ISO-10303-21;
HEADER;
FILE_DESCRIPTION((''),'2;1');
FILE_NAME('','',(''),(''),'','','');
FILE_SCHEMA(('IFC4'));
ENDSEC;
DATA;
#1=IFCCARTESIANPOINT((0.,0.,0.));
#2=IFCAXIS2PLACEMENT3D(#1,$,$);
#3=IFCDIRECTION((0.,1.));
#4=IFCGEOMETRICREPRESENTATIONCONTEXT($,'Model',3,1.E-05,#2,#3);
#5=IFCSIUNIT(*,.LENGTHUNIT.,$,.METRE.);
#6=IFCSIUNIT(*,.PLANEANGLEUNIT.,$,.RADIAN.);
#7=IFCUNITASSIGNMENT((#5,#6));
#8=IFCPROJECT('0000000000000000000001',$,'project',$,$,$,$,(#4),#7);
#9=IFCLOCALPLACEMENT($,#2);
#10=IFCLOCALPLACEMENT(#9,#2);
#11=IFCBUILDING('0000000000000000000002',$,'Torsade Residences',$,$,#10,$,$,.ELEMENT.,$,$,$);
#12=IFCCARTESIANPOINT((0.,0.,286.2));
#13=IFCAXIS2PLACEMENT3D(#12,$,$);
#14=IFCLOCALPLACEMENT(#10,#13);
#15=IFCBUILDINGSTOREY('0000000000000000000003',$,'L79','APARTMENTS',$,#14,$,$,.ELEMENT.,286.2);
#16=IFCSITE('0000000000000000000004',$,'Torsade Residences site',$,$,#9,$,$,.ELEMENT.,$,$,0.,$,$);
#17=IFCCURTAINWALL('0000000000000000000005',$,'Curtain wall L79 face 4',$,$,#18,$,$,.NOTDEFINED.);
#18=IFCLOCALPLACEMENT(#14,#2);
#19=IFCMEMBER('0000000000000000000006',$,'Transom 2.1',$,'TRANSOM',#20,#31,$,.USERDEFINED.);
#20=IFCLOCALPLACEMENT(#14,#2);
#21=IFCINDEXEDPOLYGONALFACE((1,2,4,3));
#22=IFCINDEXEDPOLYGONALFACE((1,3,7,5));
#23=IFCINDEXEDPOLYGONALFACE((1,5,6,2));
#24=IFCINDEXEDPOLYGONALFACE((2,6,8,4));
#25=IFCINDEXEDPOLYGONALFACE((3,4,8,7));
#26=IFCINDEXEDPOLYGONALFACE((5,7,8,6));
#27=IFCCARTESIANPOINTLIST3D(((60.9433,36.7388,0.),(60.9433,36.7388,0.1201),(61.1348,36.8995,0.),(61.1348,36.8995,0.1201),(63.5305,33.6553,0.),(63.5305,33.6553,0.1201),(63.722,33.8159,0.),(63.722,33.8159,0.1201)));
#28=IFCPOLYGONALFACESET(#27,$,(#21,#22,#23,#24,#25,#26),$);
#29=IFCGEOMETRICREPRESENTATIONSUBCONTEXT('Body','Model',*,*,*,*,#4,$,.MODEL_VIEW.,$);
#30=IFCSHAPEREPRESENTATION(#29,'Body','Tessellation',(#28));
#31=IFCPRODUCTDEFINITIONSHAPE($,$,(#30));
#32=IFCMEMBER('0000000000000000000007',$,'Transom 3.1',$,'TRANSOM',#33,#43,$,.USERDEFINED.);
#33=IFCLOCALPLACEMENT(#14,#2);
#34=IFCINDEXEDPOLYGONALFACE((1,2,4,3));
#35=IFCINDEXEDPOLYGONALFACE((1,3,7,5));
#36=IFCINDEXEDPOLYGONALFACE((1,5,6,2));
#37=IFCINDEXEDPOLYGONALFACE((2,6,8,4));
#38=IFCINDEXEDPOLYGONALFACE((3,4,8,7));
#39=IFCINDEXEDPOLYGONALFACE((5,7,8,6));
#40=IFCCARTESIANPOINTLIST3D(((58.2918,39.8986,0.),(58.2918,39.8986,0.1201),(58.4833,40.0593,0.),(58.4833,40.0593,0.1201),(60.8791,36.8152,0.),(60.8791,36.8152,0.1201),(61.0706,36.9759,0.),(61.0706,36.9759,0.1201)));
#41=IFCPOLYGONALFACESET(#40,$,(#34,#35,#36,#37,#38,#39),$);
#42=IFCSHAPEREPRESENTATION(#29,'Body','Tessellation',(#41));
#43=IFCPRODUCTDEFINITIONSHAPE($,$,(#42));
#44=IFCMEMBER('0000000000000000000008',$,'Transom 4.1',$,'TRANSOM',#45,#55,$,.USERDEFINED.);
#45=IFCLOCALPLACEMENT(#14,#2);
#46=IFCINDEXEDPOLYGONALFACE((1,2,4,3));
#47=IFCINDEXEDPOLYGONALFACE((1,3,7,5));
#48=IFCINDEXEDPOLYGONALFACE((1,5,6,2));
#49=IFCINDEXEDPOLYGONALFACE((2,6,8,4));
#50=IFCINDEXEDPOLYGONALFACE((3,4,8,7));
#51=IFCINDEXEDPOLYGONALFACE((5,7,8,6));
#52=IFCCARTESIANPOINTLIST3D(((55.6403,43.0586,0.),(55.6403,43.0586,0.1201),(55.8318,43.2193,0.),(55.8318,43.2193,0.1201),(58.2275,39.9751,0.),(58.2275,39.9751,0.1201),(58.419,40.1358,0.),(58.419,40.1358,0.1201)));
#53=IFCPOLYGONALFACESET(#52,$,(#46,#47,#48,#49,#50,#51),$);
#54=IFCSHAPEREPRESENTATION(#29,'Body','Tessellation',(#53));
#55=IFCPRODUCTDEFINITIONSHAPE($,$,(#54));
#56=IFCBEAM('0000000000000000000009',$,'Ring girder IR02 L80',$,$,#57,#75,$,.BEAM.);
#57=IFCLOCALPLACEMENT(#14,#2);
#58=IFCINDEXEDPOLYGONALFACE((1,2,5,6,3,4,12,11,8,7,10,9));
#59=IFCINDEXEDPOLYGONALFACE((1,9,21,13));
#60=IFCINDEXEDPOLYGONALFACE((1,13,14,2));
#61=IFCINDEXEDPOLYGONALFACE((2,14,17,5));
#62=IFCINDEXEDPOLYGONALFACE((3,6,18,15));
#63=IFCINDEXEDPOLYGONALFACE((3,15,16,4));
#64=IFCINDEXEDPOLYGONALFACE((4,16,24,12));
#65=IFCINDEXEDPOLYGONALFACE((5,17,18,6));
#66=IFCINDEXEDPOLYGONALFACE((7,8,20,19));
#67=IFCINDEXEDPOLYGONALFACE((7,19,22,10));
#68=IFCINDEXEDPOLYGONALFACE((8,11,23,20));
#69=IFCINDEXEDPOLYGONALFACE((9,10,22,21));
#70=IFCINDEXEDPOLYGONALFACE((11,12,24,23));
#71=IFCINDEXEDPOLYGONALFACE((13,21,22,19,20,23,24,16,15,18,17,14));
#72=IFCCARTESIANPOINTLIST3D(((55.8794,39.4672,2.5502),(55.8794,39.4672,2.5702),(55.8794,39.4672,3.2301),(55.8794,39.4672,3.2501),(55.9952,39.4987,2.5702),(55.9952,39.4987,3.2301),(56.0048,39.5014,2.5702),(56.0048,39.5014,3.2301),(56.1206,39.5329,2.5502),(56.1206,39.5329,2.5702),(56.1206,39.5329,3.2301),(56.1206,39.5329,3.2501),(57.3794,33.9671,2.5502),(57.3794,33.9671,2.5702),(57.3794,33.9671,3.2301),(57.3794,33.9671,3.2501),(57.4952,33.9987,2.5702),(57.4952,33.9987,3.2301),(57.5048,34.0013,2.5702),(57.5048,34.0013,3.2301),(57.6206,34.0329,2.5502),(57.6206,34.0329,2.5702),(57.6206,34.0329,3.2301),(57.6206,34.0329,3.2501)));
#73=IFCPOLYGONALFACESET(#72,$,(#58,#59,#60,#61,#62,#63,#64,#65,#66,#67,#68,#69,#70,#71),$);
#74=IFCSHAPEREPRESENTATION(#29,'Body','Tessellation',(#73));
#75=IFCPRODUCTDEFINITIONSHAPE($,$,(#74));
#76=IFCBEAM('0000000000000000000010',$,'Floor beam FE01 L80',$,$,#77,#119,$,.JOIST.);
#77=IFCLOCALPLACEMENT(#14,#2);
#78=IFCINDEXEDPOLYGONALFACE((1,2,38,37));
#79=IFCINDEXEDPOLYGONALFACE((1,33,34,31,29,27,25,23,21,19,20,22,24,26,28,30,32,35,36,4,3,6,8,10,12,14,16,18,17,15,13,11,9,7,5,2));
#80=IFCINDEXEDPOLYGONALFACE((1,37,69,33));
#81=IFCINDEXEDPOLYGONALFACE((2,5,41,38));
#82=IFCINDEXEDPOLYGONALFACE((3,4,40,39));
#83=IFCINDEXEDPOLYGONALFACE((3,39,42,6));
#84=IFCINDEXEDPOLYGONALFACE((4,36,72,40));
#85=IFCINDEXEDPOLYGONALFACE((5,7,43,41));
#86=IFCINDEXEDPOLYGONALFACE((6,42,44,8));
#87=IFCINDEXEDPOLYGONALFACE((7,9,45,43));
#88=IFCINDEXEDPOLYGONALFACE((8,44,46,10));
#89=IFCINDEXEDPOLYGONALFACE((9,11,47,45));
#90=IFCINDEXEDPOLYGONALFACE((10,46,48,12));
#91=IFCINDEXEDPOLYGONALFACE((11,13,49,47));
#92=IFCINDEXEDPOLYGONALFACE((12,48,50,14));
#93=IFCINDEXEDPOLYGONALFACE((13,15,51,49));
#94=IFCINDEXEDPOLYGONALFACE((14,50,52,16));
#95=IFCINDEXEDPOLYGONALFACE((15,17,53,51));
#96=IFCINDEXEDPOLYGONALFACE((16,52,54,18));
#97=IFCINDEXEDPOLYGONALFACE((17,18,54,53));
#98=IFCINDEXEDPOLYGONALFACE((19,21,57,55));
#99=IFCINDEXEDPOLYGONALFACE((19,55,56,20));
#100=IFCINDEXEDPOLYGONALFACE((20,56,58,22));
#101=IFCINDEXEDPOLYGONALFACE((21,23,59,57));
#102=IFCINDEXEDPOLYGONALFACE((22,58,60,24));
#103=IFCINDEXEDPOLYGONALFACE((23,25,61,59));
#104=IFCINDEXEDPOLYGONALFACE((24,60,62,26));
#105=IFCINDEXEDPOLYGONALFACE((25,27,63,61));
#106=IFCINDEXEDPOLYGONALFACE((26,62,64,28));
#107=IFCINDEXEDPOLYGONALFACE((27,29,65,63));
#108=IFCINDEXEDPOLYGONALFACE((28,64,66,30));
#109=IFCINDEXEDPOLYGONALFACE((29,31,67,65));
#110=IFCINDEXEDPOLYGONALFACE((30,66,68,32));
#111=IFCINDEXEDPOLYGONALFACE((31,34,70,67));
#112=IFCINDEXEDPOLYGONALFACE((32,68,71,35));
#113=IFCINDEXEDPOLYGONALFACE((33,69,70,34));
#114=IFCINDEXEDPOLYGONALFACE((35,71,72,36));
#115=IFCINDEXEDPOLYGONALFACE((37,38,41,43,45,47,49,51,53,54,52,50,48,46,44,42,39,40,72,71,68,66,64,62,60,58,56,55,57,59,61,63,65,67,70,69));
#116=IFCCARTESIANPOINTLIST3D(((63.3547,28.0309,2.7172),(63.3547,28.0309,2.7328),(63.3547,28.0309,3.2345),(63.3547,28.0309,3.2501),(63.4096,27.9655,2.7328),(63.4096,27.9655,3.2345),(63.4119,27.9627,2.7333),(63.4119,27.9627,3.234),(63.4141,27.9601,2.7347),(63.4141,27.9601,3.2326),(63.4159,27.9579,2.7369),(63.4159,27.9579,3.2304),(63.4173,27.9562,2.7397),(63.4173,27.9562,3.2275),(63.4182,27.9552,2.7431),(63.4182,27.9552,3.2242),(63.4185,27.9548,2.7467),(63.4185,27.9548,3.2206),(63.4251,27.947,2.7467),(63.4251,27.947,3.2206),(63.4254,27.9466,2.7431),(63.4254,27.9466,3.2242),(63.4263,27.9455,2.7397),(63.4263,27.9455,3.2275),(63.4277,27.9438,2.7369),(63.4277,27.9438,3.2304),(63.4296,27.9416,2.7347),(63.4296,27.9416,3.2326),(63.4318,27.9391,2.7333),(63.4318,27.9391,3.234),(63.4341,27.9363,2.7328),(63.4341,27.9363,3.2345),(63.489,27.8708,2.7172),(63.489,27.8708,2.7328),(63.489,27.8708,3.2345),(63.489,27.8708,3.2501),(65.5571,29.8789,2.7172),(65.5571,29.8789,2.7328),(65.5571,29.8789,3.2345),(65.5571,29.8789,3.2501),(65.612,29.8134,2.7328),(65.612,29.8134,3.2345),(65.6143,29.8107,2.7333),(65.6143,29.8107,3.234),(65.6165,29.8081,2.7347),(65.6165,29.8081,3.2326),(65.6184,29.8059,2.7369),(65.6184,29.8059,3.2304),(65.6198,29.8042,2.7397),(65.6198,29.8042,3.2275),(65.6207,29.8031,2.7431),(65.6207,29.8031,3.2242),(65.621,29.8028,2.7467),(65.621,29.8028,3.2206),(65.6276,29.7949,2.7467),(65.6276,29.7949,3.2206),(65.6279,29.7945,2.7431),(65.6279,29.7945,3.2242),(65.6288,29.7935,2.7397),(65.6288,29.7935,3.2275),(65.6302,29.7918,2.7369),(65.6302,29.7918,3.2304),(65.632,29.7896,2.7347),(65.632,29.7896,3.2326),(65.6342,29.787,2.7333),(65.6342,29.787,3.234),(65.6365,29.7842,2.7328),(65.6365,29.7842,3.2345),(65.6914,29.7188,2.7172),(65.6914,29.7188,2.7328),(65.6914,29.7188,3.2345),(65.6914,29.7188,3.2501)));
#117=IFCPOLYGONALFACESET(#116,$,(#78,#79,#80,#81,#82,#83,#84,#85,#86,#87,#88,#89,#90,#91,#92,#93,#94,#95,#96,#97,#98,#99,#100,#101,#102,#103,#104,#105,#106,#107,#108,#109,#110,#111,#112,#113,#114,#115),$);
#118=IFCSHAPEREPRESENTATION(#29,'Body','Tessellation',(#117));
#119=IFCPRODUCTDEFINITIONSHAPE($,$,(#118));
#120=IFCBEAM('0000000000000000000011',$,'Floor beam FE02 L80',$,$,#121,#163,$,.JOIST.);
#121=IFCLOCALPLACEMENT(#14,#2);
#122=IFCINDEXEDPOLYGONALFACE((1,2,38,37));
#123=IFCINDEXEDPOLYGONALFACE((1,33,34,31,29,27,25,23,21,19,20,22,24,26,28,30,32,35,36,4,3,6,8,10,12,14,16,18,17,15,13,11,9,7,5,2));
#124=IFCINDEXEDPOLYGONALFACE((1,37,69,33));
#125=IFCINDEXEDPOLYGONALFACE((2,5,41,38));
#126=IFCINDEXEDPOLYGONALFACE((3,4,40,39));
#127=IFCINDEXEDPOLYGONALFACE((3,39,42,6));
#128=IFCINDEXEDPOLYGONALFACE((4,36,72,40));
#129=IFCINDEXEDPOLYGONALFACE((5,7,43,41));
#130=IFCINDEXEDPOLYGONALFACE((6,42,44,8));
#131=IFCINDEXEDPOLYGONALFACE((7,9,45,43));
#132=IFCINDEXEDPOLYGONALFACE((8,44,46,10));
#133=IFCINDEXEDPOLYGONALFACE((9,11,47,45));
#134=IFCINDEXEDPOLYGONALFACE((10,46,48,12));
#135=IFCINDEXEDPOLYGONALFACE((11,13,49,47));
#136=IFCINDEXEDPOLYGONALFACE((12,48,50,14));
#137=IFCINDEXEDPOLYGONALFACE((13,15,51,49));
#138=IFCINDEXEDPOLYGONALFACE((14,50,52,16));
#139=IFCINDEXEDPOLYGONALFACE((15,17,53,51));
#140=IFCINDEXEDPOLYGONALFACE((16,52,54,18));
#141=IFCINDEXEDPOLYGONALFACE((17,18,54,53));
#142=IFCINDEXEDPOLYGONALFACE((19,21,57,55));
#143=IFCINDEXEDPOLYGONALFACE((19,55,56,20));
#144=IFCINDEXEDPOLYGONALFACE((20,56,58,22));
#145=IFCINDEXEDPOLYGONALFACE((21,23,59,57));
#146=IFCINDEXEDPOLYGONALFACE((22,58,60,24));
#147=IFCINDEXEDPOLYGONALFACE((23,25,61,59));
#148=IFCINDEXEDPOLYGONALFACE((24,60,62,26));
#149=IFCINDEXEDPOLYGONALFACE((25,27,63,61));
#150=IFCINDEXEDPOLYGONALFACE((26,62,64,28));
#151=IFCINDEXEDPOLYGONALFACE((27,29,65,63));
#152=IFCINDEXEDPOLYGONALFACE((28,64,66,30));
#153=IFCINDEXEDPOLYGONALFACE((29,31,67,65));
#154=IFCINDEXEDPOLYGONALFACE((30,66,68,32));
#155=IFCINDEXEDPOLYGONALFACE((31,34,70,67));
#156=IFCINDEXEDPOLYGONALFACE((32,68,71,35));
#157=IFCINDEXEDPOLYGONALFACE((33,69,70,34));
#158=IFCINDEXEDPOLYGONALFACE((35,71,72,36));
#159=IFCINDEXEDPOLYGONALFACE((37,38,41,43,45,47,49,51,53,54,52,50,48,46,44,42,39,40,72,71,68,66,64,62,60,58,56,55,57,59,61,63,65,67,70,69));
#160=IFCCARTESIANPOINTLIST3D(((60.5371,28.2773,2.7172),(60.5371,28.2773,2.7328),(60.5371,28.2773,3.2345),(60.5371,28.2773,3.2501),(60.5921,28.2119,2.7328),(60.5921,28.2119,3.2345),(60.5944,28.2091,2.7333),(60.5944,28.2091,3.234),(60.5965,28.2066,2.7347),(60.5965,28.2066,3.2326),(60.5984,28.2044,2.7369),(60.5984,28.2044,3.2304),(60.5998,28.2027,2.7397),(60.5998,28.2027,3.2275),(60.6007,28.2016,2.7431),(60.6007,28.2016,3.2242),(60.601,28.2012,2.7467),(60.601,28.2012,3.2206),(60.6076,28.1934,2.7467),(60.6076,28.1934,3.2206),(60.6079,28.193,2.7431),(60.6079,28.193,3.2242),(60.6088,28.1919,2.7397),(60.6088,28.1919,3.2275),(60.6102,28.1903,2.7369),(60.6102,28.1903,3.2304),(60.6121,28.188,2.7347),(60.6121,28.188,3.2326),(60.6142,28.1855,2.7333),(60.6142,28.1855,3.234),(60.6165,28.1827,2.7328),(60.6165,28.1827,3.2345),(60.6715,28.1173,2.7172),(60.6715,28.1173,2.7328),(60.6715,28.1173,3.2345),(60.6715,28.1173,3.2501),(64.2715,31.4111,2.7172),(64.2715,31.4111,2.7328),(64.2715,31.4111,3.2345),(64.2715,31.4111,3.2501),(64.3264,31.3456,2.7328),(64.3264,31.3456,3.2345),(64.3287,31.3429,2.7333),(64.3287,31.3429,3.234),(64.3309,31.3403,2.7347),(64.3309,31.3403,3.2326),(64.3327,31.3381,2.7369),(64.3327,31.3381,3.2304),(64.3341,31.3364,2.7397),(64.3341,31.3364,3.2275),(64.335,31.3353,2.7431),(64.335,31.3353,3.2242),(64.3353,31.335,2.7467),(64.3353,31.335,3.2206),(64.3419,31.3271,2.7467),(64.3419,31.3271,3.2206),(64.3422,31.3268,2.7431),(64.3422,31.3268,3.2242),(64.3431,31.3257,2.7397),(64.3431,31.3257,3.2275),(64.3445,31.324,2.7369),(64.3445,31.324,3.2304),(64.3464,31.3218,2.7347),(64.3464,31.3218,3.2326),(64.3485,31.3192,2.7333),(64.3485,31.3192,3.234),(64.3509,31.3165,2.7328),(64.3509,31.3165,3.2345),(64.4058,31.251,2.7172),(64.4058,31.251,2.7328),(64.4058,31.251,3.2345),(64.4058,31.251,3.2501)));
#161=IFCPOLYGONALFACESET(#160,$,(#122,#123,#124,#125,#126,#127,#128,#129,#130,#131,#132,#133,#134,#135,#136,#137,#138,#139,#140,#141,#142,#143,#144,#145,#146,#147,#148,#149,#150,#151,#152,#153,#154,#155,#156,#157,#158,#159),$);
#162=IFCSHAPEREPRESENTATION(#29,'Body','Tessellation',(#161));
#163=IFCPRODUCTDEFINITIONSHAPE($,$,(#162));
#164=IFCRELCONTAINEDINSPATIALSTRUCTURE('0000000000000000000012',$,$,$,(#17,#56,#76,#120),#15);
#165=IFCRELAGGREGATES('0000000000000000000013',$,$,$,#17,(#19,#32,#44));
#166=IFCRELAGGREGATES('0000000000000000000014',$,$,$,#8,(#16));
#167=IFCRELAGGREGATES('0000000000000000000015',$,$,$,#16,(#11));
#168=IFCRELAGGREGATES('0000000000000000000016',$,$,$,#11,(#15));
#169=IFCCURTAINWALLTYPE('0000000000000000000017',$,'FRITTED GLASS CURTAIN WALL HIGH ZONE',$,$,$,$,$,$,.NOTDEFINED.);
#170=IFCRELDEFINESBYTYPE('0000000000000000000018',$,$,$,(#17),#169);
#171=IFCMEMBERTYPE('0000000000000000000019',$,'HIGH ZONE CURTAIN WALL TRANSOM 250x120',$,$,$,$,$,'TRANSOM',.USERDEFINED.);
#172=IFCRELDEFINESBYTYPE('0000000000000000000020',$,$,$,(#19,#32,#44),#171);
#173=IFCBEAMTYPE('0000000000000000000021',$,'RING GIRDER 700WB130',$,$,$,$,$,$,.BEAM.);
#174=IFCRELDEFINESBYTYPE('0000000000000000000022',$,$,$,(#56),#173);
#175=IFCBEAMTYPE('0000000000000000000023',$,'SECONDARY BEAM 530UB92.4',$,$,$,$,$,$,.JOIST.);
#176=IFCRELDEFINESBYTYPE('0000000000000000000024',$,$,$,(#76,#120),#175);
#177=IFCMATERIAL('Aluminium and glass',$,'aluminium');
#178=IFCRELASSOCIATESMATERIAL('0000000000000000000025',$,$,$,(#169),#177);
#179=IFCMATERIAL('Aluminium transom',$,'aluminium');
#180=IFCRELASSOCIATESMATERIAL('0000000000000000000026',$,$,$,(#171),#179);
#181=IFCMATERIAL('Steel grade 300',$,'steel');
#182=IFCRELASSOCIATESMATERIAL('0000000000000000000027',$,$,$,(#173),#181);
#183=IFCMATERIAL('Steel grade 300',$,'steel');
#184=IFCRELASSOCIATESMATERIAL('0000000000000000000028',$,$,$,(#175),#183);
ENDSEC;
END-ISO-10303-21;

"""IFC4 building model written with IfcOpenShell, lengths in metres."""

from ifc_helpers import new_model, si_unit, direction, frame, origin, origin_2d, place, context, subcontext, project, spatial, rectangle, i_section, extrude, material, material_profile, profile_set, type_object, element, aggregate, save


model = new_model("IFC4")

# Units and contexts
model_context = context("Model", 3, precision=1e-05, world=origin(), true_north=direction((0.0, 1.0)))
body_context = subcontext(model_context, "Body", "Model", "MODEL_VIEW")
ifc_project = project(units=[si_unit("LENGTHUNIT", "METRE"), si_unit("PLANEANGLEUNIT", "RADIAN")], contexts=[model_context])

# Site, building, storey
site_placement = place(None, origin())
site = spatial("IfcSite", under=ifc_project, at=site_placement, Name="Torsade Residences site", CompositionType="ELEMENT", RefElevation=0.0)
building_placement = place(site_placement, origin())
building = spatial("IfcBuilding", under=site, at=building_placement, Name="Torsade Residences", CompositionType="ELEMENT")
storey_placement = place(building_placement, frame((0.0, 0.0, 286.2)))
storey = spatial("IfcBuildingStorey", under=building, at=storey_placement, Name="L79", Description="APARTMENTS", CompositionType="ELEMENT", Elevation=286.2)

# Curtain wall, members
ifc_material_1 = material(Name="Aluminium and glass", Category="aluminium")
curtain_wall_type = type_object("IfcCurtainWallType", Name="FRITTED GLASS CURTAIN WALL HIGH ZONE", PredefinedType="NOTDEFINED", material=ifc_material_1)
curtain_wall_placement = place(storey_placement, origin())
curtain_wall = element("IfcCurtainWall", 1, at=curtain_wall_placement, inside=storey, type_object=curtain_wall_type, Name="Curtain wall L79 face 4", PredefinedType="NOTDEFINED")
ifc_material_2 = material(Name="Aluminium transom", Category="aluminium")
ifc_material_profile_1 = material_profile(ifc_material_2, rectangle(XDim=0.25, YDim=0.1201, at=origin_2d()), Name="HIGH ZONE CURTAIN WALL TRANSOM 250x120")
ifc_profile_set_1 = profile_set([ifc_material_profile_1], Name="Aluminium transom")
member_type_1 = type_object("IfcMemberType", Name="HIGH ZONE CURTAIN WALL TRANSOM 250x120", ElementType="TRANSOM", PredefinedType="USERDEFINED", material=ifc_profile_set_1)
member_1_placement = place(storey_placement, frame((63.6262, 33.7356, 0.0601), z_axis=(-0.642758, 0.766069, 0.0), x_axis=(-0.766069, -0.642758, 0.0)))
member_1 = element("IfcMember", 2, at=member_1_placement, type_object=member_type_1, Name="Transom 2.1", ObjectType="TRANSOM", PredefinedType="USERDEFINED", context=body_context, shape_type="SweptSolid", body=[
    extrude(rectangle(XDim=0.25, YDim=0.1201, at=origin_2d()), origin(), (0.0, 0.0, 1.0), 4.0251),
])
member_2_placement = place(storey_placement, frame((60.9749, 36.8955, 0.0601), z_axis=(-0.642794, 0.766039, 0.0), x_axis=(-0.766039, -0.642794, 0.0)))
member_2 = element("IfcMember", 3, at=member_2_placement, type_object=member_type_1, Name="Transom 3.1", ObjectType="TRANSOM", PredefinedType="USERDEFINED", context=body_context, shape_type="SweptSolid", body=[
    extrude(rectangle(XDim=0.25, YDim=0.1201, at=origin_2d()), origin(), (0.0, 0.0, 1.0), 4.0251),
])
member_3_placement = place(storey_placement, frame((58.3232, 40.0554, 0.0601), z_axis=(-0.642758, 0.766069, 0.0), x_axis=(-0.766069, -0.642758, 0.0)))
member_3 = element("IfcMember", 4, at=member_3_placement, type_object=member_type_1, Name="Transom 4.1", ObjectType="TRANSOM", PredefinedType="USERDEFINED", context=body_context, shape_type="SweptSolid", body=[
    extrude(rectangle(XDim=0.25, YDim=0.1201, at=origin_2d()), origin(), (0.0, 0.0, 1.0), 4.0251),
])

# Beams
ifc_material_3 = material(Name="Steel grade 300", Category="steel")
ifc_material_profile_2 = material_profile(ifc_material_3, i_section(OverallWidth=0.25, OverallDepth=0.7, WebThickness=0.01, FlangeThickness=0.02, at=origin_2d()), Name="700WB130")
ifc_profile_set_2 = profile_set([ifc_material_profile_2], Name="Steel grade 300")
beam_type_1 = type_object("IfcBeamType", Name="RING GIRDER 700WB130", PredefinedType="BEAM", material=ifc_profile_set_2)
beam_1_placement = place(storey_placement, frame((57.5, 34.0, 2.9001), z_axis=(-0.263117, 0.964764, 0.0), x_axis=(-0.964764, -0.263117, 0.0)))
element("IfcBeam", 5, at=beam_1_placement, inside=storey, type_object=beam_type_1, Name="Ring girder IR02 L80", PredefinedType="BEAM", context=body_context, shape_type="SweptSolid", body=[
    extrude(i_section(OverallWidth=0.25, OverallDepth=0.7, WebThickness=0.01, FlangeThickness=0.02, at=origin_2d()), origin(), (0.0, 0.0, 1.0), 5.7009),
])
ifc_material_4 = material(Name="Steel grade 300", Category="steel")
ifc_material_profile_3 = material_profile(ifc_material_4, i_section(OverallWidth=0.209, OverallDepth=0.533, WebThickness=0.0103, FlangeThickness=0.0156, FilletRadius=0.0139, at=origin_2d()), Name="530UB92.4")
ifc_profile_set_3 = profile_set([ifc_material_profile_3], Name="Steel grade 300")
beam_type_2 = type_object("IfcBeamType", Name="SECONDARY BEAM 530UB92.4", PredefinedType="JOIST", material=ifc_profile_set_3)
beam_2_placement = place(storey_placement, frame((65.6243, 29.7988, 2.9836), z_axis=(-0.766066, -0.642762, 0.0), x_axis=(0.642762, -0.766066, 0.0)))
element("IfcBeam", 6, at=beam_2_placement, inside=storey, type_object=beam_type_2, Name="Floor beam FE01 L80", PredefinedType="JOIST", context=body_context, shape_type="SweptSolid", body=[
    extrude(i_section(OverallWidth=0.209, OverallDepth=0.533, WebThickness=0.0103, FlangeThickness=0.0156, FilletRadius=0.0139, at=origin_2d()), origin(), (0.0, 0.0, 1.0), 2.875),
])
beam_3_placement = place(storey_placement, frame((64.3386, 31.3311, 2.9836), z_axis=(-0.766017, -0.642821, 0.0), x_axis=(0.642821, -0.766017, 0.0)))
element("IfcBeam", 7, at=beam_3_placement, inside=storey, type_object=beam_type_2, Name="Floor beam FE02 L80", PredefinedType="JOIST", context=body_context, shape_type="SweptSolid", body=[
    extrude(i_section(OverallWidth=0.209, OverallDepth=0.533, WebThickness=0.0103, FlangeThickness=0.0156, FilletRadius=0.0139, at=origin_2d()), origin(), (0.0, 0.0, 1.0), 4.875),
])

aggregate(curtain_wall, [member_1, member_2, member_3])

save(model, "model.ifc")
